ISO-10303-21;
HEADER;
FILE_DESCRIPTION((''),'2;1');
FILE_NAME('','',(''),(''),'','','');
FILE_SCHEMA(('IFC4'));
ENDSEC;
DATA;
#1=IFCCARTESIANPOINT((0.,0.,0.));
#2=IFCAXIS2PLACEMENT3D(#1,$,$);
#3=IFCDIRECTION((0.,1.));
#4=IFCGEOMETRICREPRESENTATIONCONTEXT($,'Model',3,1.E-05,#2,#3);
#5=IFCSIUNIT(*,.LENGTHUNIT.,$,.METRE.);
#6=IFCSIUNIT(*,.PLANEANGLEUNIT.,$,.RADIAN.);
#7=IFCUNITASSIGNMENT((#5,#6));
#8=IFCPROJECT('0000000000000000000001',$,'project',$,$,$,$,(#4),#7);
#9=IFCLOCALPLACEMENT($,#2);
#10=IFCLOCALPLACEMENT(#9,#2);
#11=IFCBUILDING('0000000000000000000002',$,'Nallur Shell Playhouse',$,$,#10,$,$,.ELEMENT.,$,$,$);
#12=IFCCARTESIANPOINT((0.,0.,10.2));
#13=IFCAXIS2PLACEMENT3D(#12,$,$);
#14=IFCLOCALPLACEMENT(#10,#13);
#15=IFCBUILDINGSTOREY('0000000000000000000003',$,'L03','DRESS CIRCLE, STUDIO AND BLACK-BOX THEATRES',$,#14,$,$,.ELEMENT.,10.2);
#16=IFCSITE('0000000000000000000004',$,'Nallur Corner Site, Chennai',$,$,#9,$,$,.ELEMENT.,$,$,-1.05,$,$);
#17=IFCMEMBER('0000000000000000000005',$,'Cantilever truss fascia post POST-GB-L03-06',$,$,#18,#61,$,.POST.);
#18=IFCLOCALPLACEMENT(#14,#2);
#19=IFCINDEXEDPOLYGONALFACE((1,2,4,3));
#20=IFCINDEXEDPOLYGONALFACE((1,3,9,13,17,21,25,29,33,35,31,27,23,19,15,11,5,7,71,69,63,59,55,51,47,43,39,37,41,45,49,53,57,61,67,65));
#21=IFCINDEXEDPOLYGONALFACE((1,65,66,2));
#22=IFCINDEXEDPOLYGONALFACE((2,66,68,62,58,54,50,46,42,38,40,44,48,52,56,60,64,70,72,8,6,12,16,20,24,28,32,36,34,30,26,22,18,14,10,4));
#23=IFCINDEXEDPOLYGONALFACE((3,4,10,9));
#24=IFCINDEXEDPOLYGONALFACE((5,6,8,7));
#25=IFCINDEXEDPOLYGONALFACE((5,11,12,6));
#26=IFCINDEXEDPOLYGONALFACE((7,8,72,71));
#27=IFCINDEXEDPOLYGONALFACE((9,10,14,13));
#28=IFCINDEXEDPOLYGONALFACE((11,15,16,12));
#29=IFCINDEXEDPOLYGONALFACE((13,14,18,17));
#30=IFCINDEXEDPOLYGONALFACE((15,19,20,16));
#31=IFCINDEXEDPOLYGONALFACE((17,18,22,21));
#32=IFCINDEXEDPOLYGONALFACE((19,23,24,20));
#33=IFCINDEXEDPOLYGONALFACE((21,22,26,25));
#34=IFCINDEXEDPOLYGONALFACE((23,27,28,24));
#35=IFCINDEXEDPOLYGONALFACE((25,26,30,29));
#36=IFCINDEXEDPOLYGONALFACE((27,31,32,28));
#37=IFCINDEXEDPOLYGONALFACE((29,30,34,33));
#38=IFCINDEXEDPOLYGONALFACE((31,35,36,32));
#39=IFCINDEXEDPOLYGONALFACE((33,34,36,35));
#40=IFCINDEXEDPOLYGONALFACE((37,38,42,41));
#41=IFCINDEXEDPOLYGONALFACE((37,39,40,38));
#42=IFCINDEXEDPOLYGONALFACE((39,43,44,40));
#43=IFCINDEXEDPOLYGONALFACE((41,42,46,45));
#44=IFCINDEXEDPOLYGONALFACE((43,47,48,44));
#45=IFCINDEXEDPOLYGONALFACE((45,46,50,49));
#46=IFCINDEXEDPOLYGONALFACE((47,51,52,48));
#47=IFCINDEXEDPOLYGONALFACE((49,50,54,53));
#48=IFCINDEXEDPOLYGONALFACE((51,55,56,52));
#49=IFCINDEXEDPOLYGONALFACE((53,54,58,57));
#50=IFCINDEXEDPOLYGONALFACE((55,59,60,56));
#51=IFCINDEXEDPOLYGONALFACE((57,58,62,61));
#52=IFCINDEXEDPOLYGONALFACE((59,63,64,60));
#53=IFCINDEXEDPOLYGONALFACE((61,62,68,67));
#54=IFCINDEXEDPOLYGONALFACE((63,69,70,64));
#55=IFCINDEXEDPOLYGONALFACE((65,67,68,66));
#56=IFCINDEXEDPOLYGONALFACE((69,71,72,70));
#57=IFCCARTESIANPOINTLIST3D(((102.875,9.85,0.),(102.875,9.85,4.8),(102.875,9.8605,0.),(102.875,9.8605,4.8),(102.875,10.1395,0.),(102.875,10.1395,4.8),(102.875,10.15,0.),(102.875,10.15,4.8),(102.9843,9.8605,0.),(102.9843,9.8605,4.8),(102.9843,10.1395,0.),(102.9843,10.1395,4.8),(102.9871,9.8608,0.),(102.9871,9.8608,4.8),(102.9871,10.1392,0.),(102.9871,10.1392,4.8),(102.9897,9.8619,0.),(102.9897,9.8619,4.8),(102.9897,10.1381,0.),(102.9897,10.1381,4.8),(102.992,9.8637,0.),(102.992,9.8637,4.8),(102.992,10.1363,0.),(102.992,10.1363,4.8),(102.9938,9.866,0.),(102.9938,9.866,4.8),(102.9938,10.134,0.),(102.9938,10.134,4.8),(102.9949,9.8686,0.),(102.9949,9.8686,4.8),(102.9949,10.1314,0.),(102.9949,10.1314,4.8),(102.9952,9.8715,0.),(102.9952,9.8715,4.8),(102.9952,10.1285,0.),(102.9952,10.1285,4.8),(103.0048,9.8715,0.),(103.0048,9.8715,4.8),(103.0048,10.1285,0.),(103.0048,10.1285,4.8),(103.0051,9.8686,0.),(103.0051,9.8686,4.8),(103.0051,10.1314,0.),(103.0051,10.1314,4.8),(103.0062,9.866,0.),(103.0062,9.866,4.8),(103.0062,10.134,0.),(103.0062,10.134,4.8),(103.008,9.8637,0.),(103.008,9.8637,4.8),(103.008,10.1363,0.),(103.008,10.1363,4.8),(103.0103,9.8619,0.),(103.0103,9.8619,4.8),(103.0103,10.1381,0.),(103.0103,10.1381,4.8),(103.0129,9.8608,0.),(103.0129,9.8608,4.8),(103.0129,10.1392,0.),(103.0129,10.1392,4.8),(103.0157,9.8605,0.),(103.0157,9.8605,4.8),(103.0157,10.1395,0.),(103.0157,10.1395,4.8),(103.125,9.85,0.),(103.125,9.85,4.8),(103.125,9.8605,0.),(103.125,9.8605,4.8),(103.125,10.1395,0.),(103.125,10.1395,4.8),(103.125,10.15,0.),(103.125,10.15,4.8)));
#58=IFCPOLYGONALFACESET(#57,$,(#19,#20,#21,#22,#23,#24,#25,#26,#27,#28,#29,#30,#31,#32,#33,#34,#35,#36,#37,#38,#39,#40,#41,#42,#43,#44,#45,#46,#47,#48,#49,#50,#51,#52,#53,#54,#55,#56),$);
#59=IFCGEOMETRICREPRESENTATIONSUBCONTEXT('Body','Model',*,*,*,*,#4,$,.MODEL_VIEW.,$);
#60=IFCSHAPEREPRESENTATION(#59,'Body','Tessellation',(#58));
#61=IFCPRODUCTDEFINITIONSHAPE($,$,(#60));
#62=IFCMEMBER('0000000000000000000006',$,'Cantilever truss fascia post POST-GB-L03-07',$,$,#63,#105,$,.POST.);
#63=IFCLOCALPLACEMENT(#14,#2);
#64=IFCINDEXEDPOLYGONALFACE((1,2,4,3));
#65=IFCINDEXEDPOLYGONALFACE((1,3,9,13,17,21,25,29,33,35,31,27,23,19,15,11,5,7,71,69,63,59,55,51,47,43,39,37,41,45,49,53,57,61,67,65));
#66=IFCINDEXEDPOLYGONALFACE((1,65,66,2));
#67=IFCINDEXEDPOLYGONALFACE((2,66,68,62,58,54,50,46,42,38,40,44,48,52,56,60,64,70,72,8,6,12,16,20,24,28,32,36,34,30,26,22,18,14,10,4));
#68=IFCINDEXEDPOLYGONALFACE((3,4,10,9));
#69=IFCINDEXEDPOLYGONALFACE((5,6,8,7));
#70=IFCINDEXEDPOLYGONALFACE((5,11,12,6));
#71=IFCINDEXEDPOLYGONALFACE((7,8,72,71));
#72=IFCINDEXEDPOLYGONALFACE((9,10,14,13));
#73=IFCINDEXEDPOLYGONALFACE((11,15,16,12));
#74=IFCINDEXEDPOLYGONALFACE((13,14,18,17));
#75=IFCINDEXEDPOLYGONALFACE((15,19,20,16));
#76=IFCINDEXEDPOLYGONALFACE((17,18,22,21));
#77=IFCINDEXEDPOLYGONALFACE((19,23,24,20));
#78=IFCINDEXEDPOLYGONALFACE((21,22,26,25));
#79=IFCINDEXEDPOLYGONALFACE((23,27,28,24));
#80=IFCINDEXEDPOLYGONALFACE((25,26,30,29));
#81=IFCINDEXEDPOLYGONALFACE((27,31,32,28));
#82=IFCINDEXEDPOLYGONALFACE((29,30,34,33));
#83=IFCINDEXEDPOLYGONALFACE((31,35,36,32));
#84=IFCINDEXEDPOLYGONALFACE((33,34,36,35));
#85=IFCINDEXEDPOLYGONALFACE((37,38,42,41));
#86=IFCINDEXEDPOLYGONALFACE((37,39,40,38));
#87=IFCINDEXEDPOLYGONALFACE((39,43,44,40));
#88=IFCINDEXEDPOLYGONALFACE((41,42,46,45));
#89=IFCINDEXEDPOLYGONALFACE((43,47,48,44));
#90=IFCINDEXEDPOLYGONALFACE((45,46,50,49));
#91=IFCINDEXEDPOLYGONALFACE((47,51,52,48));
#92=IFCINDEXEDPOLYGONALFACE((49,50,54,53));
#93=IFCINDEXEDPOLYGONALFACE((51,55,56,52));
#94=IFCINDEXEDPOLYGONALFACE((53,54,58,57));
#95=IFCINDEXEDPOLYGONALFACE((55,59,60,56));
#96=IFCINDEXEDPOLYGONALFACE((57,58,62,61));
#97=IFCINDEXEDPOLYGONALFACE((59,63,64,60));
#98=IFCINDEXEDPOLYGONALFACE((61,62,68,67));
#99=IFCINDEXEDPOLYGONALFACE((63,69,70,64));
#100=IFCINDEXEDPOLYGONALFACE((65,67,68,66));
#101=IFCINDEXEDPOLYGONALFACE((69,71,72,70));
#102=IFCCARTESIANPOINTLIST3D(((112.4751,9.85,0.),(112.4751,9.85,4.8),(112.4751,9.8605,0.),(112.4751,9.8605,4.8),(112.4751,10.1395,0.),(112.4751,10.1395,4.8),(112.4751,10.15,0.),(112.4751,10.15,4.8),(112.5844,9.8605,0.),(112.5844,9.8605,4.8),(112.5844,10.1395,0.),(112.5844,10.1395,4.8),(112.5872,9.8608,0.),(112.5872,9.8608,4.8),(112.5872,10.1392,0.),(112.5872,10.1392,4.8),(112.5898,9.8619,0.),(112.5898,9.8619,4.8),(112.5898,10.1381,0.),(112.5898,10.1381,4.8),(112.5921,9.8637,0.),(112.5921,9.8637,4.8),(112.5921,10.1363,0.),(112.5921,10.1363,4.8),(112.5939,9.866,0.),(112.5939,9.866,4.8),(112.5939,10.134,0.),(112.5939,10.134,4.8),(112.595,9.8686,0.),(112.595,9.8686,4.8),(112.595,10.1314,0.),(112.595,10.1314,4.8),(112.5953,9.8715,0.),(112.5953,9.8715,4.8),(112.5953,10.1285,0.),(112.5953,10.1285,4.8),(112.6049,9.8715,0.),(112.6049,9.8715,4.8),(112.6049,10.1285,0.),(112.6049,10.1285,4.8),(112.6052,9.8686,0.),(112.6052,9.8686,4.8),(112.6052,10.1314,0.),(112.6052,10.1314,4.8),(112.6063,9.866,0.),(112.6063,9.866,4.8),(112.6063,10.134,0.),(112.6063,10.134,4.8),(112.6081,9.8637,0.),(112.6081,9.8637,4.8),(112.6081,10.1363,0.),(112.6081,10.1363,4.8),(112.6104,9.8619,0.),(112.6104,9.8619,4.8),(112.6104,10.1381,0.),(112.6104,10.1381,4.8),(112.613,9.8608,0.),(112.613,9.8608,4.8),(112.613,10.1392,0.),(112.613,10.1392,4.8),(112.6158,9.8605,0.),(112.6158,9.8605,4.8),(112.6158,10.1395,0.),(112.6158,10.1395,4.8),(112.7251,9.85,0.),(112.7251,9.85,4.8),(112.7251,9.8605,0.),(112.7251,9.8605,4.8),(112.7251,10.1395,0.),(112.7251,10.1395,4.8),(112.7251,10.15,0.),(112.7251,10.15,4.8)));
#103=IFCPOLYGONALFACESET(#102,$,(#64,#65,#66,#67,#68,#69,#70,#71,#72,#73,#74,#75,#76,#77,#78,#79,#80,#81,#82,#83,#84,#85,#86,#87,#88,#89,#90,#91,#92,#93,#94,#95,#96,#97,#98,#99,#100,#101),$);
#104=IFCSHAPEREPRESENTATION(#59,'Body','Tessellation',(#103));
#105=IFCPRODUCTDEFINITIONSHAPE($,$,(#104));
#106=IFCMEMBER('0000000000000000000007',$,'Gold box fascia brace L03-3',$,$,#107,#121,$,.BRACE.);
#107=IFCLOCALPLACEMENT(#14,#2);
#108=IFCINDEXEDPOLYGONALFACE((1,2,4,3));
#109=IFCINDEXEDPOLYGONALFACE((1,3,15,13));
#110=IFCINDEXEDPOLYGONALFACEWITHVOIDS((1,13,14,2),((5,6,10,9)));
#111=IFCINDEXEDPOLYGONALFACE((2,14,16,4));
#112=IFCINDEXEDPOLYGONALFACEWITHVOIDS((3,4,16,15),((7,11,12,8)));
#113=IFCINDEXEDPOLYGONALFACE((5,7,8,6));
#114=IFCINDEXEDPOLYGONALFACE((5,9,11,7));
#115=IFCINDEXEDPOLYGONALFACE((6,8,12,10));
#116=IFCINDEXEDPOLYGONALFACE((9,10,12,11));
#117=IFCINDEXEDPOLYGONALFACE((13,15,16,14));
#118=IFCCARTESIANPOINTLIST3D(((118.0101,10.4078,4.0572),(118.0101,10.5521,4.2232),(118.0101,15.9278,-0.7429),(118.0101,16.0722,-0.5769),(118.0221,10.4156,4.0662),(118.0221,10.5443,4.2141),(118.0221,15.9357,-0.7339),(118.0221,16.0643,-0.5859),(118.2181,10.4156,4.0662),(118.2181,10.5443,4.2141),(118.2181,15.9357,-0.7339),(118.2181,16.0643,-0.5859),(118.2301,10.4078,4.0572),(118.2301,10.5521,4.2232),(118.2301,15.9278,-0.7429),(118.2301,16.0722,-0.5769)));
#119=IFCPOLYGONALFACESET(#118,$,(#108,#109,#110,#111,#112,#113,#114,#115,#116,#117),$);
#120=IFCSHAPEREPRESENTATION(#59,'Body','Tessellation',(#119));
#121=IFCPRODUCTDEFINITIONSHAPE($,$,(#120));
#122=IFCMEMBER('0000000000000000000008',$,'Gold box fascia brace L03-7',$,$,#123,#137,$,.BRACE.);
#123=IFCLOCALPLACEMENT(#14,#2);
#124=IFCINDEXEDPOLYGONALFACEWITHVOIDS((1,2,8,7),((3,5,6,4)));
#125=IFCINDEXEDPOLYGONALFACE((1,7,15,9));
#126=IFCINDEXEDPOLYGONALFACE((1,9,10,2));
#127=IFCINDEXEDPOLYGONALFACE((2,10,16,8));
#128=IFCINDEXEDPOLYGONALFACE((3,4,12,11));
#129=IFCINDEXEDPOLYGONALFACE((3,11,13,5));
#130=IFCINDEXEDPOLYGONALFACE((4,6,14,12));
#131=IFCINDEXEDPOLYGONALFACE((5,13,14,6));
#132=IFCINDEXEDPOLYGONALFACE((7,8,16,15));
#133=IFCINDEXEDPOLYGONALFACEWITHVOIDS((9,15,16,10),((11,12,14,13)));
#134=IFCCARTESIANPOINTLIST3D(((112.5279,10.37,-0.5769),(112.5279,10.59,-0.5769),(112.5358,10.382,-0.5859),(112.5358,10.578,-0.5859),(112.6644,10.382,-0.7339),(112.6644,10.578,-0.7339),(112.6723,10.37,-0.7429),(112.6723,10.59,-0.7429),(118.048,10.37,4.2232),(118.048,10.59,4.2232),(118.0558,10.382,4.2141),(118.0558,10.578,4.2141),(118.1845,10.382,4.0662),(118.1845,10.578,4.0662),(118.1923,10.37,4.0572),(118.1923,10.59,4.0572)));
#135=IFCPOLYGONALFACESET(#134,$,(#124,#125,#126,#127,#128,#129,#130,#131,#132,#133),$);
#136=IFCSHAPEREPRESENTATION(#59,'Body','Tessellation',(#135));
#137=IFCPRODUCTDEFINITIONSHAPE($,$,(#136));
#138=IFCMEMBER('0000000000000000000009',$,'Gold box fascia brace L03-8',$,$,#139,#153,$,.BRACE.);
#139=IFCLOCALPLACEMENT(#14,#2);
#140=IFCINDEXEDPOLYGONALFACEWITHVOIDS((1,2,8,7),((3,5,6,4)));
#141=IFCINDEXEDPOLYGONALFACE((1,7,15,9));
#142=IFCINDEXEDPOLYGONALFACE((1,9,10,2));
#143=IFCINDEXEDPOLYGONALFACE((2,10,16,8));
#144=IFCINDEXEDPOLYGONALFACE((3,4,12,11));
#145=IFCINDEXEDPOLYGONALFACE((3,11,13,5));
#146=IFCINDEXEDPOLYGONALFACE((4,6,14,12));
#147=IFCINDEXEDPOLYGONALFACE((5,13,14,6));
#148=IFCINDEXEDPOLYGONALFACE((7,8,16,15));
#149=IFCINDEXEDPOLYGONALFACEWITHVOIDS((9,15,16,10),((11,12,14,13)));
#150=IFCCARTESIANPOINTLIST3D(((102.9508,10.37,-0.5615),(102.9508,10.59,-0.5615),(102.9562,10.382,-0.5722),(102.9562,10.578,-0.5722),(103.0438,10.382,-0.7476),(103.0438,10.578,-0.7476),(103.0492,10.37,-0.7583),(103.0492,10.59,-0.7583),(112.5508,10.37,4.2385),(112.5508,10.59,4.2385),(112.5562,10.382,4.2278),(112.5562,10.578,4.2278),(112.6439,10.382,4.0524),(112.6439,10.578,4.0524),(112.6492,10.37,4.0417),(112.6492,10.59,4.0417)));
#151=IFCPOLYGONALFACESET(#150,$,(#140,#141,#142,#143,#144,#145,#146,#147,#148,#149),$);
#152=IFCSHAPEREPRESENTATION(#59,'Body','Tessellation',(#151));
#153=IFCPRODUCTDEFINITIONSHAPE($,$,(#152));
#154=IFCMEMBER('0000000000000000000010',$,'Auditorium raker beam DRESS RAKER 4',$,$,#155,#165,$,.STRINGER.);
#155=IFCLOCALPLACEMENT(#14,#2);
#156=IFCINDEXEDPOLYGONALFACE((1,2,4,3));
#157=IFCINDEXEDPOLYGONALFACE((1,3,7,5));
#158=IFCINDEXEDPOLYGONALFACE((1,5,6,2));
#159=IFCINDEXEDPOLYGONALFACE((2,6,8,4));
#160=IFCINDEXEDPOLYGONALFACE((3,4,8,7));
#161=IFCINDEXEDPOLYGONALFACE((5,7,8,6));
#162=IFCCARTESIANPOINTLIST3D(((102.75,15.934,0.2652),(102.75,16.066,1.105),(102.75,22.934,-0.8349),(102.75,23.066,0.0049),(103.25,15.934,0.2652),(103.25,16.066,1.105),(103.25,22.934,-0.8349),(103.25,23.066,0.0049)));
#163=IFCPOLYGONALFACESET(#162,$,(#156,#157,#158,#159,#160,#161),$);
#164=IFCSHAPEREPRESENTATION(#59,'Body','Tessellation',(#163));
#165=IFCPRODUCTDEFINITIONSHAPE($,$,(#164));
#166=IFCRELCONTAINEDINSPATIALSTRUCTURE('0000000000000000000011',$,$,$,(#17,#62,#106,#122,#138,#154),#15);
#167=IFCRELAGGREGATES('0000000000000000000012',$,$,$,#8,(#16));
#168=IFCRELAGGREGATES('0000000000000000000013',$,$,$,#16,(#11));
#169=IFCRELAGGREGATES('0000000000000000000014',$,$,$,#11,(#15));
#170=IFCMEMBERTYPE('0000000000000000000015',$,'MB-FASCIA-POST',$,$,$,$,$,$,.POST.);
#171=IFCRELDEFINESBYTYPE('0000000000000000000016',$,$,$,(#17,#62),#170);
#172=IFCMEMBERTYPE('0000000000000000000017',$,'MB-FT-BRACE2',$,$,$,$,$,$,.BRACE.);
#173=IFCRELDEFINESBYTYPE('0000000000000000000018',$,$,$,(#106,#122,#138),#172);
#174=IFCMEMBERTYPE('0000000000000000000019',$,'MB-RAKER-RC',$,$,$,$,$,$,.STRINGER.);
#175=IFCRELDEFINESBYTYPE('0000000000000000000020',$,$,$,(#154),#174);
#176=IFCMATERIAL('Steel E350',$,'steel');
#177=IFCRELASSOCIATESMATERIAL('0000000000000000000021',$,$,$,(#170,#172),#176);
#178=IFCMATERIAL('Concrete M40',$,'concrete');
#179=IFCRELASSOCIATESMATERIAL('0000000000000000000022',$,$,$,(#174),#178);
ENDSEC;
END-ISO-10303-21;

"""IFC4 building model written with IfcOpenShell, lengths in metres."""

from ifc_helpers import new_model, si_unit, direction, frame, origin, origin_2d, place, context, subcontext, project, spatial, rectangle, hollow_rectangle, i_section, extrude, material, material_profile, profile_set, type_object, element, save


model = new_model("IFC4")

# Units and contexts
model_context = context("Model", 3, precision=1e-05, world=origin(), true_north=direction((0.0, 1.0)))
body_context = subcontext(model_context, "Body", "Model", "MODEL_VIEW")
ifc_project = project(units=[si_unit("LENGTHUNIT", "METRE"), si_unit("PLANEANGLEUNIT", "RADIAN")], contexts=[model_context])

# Site, building, storey
site_placement = place(None, origin())
site = spatial("IfcSite", under=ifc_project, at=site_placement, Name="Nallur Corner Site, Chennai", CompositionType="ELEMENT", RefElevation=-1.05)
building_placement = place(site_placement, origin())
building = spatial("IfcBuilding", under=site, at=building_placement, Name="Nallur Shell Playhouse", CompositionType="ELEMENT")
storey_placement = place(building_placement, frame((0.0, 0.0, 10.2)))
storey = spatial("IfcBuildingStorey", under=building, at=storey_placement, Name="L03", Description="DRESS CIRCLE, STUDIO AND BLACK-BOX THEATRES", CompositionType="ELEMENT", Elevation=10.2)

# Shared definitions
ifc_material_1 = material(Name="Concrete M40", Category="concrete")

# Shared definitions
ifc_material_2 = material(Name="Steel E350", Category="steel")

# Members
ifc_material_profile_1 = material_profile(ifc_material_2, i_section(OverallWidth=0.25, OverallDepth=0.3, WebThickness=0.0095, FlangeThickness=0.0105, FilletRadius=0.011, at=origin_2d()), Name="ISHB 300")
ifc_profile_set_1 = profile_set([ifc_material_profile_1], Name="Steel E350")
member_type_1 = type_object("IfcMemberType", Name="MB-FASCIA-POST", PredefinedType="POST", material=ifc_profile_set_1)
for number, where, z_axis, x_axis, name in (
    (1, (103.0, 10.0, 0.0), (0.0, 0.0, 1.0), (1.0, 0.0, 0.0), "Cantilever truss fascia post POST-GB-L03-06"),
    (2, (112.6001, 10.0, 0.0), (0.0, 0.0, 1.0), (1.0, 0.0, 0.0), "Cantilever truss fascia post POST-GB-L03-07"),
):
    element("IfcMember", number, at=place(storey_placement, frame(where, z_axis=z_axis, x_axis=x_axis)), inside=storey, type_object=member_type_1, Name=name, PredefinedType="POST", context=body_context, shape_type="SweptSolid", body=[
        extrude(i_section(OverallWidth=0.25, OverallDepth=0.3, WebThickness=0.0095, FlangeThickness=0.0105, FilletRadius=0.011, at=origin_2d()), origin(), (0.0, 0.0, 1.0), 4.8),
    ])
ifc_material_profile_2 = material_profile(ifc_material_2, hollow_rectangle(XDim=0.22, YDim=0.22, WallThickness=0.012, at=origin_2d()), Name="SHS 220x220x12")
ifc_profile_set_2 = profile_set([ifc_material_profile_2], Name="Steel E350")
member_type_2 = type_object("IfcMemberType", Name="MB-FT-BRACE2", PredefinedType="BRACE", material=ifc_profile_set_2)
for number, where, z_axis, x_axis, name in (
    (3, (118.1201, 16.0, -0.6599), (0.0, -0.754603, 0.656181), (1.0, 0.0, 0.0), "Gold box fascia brace L03-3"),
    (4, (112.6001, 10.48, -0.6599), (0.754603, 0.0, 0.656181), (0.0, 1.0, 0.0), "Gold box fascia brace L03-7"),
):
    element("IfcMember", number, at=place(storey_placement, frame(where, z_axis=z_axis, x_axis=x_axis)), inside=storey, type_object=member_type_2, Name=name, PredefinedType="BRACE", context=body_context, shape_type="SweptSolid", body=[
        extrude(hollow_rectangle(XDim=0.22, YDim=0.22, WallThickness=0.012, at=origin_2d()), origin(), (0.0, 0.0, 1.0), 7.3152),
    ])
member_1_placement = place(storey_placement, frame((103.0, 10.48, -0.6599), z_axis=(0.894427, 0.0, 0.447214), x_axis=(0.0, 1.0, 0.0)))
element("IfcMember", 5, at=member_1_placement, inside=storey, type_object=member_type_2, Name="Gold box fascia brace L03-8", PredefinedType="BRACE", context=body_context, shape_type="SweptSolid", body=[
    extrude(hollow_rectangle(XDim=0.22, YDim=0.22, WallThickness=0.012, at=origin_2d()), origin(), (0.0, 0.0, 1.0), 10.7332),
])
ifc_material_profile_3 = material_profile(ifc_material_1, rectangle(XDim=0.5, YDim=0.8501, at=origin_2d()), Name="RC 500x850")
ifc_profile_set_3 = profile_set([ifc_material_profile_3], Name="Concrete M40")
member_type_3 = type_object("IfcMemberType", Name="MB-RAKER-RC", PredefinedType="STRINGER", material=ifc_profile_set_3)
member_2_placement = place(storey_placement, frame((103.0, 23.0, -0.415), z_axis=(0.0, -0.987875, 0.155251), x_axis=(1.0, 0.0, 0.0)))
element("IfcMember", 6, at=member_2_placement, inside=storey, type_object=member_type_3, Name="Auditorium raker beam DRESS RAKER 4", PredefinedType="STRINGER", context=body_context, shape_type="SweptSolid", body=[
    extrude(rectangle(XDim=0.5, YDim=0.8501, at=origin_2d()), origin(), (0.0, 0.0, 1.0), 7.0859),
])

save(model, "model.ifc")
